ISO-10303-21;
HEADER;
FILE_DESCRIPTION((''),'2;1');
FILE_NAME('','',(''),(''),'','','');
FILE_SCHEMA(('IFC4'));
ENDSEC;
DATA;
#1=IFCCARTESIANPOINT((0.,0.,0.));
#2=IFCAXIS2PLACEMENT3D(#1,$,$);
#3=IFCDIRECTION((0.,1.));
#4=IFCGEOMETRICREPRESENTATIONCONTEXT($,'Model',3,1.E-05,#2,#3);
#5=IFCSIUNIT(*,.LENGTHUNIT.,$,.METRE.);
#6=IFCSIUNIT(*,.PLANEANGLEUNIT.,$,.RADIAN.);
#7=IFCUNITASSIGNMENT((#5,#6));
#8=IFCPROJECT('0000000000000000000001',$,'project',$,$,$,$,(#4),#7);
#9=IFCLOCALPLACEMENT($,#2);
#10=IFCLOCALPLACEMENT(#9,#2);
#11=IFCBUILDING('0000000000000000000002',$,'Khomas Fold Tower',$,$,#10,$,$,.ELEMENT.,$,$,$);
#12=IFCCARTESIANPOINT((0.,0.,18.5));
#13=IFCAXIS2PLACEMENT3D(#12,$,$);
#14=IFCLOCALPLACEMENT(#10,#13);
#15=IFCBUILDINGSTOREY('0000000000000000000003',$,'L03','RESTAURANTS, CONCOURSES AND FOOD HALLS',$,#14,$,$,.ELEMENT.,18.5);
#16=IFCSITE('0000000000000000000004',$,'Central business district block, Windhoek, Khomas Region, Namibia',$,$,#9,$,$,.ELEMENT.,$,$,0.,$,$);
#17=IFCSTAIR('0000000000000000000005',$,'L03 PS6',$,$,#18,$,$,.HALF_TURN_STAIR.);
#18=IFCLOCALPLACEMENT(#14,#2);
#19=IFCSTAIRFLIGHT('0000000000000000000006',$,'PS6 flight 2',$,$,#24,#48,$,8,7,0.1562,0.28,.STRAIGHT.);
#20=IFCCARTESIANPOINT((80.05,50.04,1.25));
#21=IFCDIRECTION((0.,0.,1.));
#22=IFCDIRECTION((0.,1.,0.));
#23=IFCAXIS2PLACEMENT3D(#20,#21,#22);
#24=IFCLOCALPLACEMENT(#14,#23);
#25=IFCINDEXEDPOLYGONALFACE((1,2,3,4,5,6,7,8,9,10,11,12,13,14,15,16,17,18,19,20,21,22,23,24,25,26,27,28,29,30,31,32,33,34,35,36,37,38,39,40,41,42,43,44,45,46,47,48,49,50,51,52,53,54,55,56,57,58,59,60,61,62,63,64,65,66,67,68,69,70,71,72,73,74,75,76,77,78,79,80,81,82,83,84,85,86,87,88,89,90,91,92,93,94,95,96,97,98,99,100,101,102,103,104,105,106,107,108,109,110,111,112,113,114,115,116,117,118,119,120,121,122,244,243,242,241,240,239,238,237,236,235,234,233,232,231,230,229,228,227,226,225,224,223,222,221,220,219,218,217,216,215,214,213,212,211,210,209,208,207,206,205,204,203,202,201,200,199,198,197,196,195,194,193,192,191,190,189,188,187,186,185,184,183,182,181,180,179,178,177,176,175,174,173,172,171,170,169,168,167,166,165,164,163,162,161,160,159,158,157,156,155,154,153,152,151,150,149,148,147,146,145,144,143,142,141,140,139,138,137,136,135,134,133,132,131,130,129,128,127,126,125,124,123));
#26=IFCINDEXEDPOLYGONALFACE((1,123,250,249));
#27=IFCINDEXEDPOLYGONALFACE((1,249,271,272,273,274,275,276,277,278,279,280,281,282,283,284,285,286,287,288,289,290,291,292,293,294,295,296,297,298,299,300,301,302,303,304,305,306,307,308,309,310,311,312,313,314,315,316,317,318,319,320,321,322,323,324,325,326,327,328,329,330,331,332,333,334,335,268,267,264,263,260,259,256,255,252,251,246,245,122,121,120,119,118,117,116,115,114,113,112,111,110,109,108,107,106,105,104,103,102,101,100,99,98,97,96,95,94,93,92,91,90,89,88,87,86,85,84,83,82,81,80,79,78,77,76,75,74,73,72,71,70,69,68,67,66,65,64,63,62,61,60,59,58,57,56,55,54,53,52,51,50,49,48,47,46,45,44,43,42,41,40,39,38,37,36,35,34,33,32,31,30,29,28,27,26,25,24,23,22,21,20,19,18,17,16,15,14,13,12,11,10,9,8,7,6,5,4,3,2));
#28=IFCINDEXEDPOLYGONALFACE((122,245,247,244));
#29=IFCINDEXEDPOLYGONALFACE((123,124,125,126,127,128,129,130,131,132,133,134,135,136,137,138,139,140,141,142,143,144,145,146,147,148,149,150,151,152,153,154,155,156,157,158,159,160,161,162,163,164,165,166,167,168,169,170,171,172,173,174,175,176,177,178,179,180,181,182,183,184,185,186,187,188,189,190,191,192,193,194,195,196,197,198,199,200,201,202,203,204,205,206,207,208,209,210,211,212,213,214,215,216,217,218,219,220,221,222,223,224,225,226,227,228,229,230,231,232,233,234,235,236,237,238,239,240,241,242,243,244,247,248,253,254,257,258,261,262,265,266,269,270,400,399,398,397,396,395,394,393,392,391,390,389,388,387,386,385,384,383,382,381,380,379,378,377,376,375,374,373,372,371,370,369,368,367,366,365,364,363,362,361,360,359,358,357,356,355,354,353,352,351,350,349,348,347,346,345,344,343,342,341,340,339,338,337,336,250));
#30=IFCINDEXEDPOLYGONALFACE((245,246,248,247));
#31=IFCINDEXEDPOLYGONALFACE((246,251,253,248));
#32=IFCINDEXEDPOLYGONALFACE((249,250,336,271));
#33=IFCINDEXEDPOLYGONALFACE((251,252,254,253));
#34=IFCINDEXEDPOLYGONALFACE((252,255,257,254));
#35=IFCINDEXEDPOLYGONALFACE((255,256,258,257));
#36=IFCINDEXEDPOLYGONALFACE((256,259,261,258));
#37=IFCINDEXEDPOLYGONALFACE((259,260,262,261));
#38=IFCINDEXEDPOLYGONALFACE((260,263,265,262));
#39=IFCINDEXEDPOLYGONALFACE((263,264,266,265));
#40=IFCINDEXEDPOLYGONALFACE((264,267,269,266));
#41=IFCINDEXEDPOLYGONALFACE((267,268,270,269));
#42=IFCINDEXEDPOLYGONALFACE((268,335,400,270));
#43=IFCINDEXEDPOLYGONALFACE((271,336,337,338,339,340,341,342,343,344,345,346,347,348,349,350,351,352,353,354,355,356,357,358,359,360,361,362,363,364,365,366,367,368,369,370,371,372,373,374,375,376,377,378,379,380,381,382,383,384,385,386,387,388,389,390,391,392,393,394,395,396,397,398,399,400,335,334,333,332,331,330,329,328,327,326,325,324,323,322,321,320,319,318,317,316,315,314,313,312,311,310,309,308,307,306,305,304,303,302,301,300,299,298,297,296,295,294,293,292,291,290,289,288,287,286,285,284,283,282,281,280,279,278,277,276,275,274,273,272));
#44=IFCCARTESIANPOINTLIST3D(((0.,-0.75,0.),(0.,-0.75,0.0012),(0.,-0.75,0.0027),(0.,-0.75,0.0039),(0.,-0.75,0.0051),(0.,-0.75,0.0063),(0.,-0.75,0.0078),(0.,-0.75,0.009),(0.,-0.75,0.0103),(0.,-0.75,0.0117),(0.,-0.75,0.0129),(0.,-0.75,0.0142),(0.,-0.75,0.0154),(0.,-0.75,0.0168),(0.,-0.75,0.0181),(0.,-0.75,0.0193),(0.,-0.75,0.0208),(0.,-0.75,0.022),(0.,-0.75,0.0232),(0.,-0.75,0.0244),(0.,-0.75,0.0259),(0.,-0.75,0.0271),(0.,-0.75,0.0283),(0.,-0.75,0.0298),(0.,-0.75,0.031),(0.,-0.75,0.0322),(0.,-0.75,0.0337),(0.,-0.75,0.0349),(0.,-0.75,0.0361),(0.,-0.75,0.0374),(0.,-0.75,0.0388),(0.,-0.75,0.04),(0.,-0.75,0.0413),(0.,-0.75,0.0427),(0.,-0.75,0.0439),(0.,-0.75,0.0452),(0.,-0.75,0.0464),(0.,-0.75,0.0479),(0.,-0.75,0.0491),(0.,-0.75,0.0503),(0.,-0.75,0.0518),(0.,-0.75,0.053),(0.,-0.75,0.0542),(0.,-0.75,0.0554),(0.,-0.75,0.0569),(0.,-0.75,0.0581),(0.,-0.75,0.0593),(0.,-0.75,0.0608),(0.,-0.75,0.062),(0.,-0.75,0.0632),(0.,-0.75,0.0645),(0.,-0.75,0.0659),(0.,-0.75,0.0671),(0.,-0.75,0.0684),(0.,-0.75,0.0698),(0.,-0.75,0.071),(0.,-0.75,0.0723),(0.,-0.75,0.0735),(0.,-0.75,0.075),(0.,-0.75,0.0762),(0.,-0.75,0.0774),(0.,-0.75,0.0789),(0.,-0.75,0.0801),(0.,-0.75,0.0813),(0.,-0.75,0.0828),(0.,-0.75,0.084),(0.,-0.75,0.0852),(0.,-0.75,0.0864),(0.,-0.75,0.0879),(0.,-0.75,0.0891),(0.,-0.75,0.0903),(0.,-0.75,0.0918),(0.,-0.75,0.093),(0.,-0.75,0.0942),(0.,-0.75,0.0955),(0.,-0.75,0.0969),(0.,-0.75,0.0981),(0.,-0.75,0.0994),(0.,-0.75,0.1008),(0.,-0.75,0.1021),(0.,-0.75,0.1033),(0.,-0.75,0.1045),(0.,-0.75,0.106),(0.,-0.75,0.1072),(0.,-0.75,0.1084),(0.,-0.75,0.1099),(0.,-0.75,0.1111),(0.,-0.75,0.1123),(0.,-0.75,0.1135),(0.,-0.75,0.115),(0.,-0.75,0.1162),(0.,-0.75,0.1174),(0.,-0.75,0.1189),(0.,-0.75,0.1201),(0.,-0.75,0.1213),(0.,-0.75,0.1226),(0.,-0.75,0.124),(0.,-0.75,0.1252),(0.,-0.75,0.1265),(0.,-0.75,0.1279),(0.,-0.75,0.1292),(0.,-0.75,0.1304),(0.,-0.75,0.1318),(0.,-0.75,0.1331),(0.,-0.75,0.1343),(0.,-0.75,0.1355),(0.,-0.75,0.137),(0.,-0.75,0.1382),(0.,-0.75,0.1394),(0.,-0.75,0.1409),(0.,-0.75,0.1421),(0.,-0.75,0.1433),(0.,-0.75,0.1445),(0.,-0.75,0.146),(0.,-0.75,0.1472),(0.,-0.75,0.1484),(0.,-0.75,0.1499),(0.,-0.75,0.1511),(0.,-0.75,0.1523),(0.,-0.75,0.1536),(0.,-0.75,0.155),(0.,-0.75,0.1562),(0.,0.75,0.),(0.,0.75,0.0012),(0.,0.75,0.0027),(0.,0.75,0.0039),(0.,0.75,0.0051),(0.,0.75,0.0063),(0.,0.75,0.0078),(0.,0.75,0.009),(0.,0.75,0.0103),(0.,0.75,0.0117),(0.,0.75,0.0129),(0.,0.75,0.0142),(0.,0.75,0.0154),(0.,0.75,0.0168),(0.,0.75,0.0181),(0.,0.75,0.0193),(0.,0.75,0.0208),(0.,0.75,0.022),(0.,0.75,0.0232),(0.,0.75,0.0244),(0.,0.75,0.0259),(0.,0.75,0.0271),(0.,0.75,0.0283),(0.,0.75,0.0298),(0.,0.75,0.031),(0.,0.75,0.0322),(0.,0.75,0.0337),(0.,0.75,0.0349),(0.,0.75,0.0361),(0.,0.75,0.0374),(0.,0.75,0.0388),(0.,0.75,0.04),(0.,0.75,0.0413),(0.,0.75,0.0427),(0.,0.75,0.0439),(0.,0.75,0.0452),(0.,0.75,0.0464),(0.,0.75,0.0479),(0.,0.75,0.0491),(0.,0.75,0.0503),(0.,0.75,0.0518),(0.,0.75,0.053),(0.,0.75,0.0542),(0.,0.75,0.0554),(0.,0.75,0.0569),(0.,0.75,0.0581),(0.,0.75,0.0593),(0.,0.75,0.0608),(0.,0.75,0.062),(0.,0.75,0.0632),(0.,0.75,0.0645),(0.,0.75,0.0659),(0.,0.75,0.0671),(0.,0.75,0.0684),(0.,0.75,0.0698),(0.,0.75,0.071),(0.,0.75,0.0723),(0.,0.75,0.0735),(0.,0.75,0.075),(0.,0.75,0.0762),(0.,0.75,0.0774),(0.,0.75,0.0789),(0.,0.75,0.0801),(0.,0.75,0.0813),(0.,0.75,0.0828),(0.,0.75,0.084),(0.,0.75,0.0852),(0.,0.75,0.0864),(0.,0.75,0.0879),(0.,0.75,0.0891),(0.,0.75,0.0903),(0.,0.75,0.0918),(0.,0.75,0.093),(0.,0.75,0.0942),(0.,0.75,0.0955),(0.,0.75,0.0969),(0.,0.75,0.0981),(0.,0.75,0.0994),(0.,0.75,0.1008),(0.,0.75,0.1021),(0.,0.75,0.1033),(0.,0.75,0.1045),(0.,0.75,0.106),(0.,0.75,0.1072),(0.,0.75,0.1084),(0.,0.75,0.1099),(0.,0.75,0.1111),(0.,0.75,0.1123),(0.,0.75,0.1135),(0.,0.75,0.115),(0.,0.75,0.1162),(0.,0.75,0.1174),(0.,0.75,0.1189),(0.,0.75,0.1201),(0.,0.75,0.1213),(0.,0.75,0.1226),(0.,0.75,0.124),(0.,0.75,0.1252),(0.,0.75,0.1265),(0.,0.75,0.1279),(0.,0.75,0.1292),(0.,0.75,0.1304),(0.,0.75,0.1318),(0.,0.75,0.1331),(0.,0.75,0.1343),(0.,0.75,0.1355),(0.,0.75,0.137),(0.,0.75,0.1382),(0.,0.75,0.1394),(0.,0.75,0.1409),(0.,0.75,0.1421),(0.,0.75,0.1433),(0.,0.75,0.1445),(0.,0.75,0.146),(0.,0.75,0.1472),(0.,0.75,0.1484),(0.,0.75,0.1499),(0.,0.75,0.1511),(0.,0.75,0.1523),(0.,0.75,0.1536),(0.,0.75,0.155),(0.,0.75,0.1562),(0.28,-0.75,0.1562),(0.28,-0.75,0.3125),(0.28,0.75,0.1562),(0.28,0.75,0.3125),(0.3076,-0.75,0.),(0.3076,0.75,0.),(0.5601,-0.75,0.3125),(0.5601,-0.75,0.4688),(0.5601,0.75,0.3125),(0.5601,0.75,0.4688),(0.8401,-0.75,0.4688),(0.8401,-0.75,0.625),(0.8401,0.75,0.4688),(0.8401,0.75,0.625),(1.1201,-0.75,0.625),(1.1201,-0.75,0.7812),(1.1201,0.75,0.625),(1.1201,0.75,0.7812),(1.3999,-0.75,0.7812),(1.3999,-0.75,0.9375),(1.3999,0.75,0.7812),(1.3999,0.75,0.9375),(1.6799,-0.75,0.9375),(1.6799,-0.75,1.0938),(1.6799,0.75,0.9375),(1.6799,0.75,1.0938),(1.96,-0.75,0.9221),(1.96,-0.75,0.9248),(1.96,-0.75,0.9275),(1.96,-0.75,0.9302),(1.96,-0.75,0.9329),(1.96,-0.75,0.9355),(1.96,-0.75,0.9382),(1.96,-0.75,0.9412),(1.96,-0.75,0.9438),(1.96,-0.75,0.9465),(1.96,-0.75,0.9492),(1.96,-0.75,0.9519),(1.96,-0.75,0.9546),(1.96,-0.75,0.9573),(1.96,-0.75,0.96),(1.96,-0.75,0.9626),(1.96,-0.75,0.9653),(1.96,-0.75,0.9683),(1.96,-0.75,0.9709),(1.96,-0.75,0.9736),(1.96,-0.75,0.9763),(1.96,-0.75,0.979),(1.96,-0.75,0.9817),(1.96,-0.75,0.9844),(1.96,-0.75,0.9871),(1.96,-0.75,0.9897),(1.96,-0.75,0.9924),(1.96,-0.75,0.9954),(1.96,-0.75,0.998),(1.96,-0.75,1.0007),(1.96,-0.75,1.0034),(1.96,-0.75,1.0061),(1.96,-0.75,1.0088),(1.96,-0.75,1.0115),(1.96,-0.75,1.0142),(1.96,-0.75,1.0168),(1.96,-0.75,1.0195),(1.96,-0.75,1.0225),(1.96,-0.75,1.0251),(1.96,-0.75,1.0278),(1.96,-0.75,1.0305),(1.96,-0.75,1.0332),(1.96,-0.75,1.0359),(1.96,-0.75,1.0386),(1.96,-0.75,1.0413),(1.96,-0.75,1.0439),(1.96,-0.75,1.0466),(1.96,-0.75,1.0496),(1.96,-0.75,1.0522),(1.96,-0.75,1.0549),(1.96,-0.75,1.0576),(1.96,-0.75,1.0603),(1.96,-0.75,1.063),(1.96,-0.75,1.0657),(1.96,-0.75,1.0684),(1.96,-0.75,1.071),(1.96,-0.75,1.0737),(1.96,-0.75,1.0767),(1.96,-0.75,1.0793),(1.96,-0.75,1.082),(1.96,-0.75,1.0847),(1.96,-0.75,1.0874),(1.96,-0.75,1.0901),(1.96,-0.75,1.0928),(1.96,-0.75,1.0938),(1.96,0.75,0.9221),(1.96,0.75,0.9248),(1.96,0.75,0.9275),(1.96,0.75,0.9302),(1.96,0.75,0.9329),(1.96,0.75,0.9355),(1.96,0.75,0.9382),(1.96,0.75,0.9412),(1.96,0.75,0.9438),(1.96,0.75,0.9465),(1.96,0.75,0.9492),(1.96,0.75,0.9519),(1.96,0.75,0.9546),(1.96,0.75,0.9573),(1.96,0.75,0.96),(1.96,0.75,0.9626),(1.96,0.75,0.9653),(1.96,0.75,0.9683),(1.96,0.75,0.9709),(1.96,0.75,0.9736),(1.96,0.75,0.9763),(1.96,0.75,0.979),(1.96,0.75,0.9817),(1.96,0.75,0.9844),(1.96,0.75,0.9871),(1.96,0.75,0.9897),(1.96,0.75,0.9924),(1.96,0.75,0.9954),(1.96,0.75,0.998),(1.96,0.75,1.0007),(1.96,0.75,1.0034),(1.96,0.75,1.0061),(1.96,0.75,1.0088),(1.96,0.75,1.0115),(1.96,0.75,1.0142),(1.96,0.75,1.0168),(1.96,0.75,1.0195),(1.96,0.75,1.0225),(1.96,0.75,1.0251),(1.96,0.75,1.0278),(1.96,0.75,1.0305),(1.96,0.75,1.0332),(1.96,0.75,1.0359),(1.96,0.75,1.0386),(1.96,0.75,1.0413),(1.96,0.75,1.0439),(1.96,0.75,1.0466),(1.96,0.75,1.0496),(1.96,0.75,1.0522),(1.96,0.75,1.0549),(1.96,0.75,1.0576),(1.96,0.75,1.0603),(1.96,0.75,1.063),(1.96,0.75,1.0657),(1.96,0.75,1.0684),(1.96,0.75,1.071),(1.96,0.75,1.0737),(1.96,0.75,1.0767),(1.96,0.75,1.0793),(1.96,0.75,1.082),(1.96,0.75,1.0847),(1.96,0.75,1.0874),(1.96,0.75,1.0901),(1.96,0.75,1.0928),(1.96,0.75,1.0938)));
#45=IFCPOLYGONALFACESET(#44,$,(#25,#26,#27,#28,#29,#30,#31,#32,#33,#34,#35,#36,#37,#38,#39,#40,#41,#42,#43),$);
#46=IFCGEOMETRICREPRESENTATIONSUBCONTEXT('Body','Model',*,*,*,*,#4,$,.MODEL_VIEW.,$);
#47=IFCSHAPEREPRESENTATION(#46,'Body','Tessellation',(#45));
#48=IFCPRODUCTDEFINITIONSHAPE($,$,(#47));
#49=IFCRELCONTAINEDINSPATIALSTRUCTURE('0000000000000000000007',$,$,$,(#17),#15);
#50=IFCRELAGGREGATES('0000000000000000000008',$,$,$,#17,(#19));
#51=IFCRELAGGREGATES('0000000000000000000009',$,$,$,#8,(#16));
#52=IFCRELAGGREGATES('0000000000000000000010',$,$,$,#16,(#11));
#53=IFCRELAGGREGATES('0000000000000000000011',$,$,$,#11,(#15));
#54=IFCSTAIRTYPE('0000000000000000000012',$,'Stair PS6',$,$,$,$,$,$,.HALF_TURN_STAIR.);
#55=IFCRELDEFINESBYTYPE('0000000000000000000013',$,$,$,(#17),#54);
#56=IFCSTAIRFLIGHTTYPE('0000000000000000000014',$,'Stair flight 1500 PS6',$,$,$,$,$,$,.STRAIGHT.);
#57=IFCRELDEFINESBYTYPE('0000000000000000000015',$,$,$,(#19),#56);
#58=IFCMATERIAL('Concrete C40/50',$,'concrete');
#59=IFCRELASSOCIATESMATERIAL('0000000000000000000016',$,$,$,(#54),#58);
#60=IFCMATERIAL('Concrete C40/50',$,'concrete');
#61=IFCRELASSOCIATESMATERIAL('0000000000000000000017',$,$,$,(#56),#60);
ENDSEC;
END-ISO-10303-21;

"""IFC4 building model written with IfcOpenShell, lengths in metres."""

from ifc_helpers import new_model, si_unit, direction, frame, origin, place, context, subcontext, project, spatial, polyline, outline, extrude, source, transform, mapped, material, type_object, element, aggregate, save


model = new_model("IFC4")

# Units and contexts
model_context = context("Model", 3, precision=1e-05, world=origin(), true_north=direction((0.0, 1.0)))
body_context = subcontext(model_context, "Body", "Model", "MODEL_VIEW")
ifc_project = project(units=[si_unit("LENGTHUNIT", "METRE"), si_unit("PLANEANGLEUNIT", "RADIAN")], contexts=[model_context])

# Site, building, storey
site_placement = place(None, origin())
site = spatial("IfcSite", under=ifc_project, at=site_placement, Name="Central business district block, Windhoek, Khomas Region, Namibia", CompositionType="ELEMENT", RefElevation=0.0)
building_placement = place(site_placement, origin())
building = spatial("IfcBuilding", under=site, at=building_placement, Name="Khomas Fold Tower", CompositionType="ELEMENT")
storey_placement = place(building_placement, frame((0.0, 0.0, 18.5)))
storey = spatial("IfcBuildingStorey", under=building, at=storey_placement, Name="L03", Description="RESTAURANTS, CONCOURSES AND FOOD HALLS", CompositionType="ELEMENT", Elevation=18.5)

# Stair, stair flight
shared_shape_1 = source(origin(), body_context, "Body", "SweptSolid", [
    extrude(outline(polyline([(0.0, 0.0), (0.0, 0.0012), (0.0, 0.0027), (0.0, 0.0039), (0.0, 0.0051), (0.0, 0.0063), (0.0, 0.0078), (0.0, 0.009), (0.0, 0.0103), (0.0, 0.0117), (0.0, 0.0129), (0.0, 0.0142), (0.0, 0.0154), (0.0, 0.0168), (0.0, 0.0181), (0.0, 0.0193), (0.0, 0.0208), (0.0, 0.022), (0.0, 0.0232), (0.0, 0.0244), (0.0, 0.0259), (0.0, 0.0271), (0.0, 0.0283), (0.0, 0.0298), (0.0, 0.031), (0.0, 0.0322), (0.0, 0.0337), (0.0, 0.0349), (0.0, 0.0361), (0.0, 0.0374), (0.0, 0.0388), (0.0, 0.04), (0.0, 0.0413), (0.0, 0.0427), (0.0, 0.0439), (0.0, 0.0452), (0.0, 0.0464), (0.0, 0.0479), (0.0, 0.0491), (0.0, 0.0503), (0.0, 0.0518), (0.0, 0.053), (0.0, 0.0542), (0.0, 0.0554), (0.0, 0.0569), (0.0, 0.0581), (0.0, 0.0593), (0.0, 0.0608), (0.0, 0.062), (0.0, 0.0632), (0.0, 0.0645), (0.0, 0.0659), (0.0, 0.0671), (0.0, 0.0684), (0.0, 0.0698), (0.0, 0.071), (0.0, 0.0723), (0.0, 0.0735), (0.0, 0.075), (0.0, 0.0762), (0.0, 0.0774), (0.0, 0.0789), (0.0, 0.0801), (0.0, 0.0813), (0.0, 0.0828), (0.0, 0.084), (0.0, 0.0852), (0.0, 0.0864), (0.0, 0.0879), (0.0, 0.0891), (0.0, 0.0903), (0.0, 0.0918), (0.0, 0.093), (0.0, 0.0942), (0.0, 0.0955), (0.0, 0.0969), (0.0, 0.0981), (0.0, 0.0994), (0.0, 0.1008), (0.0, 0.1021), (0.0, 0.1033), (0.0, 0.1045), (0.0, 0.106), (0.0, 0.1072), (0.0, 0.1084), (0.0, 0.1099), (0.0, 0.1111), (0.0, 0.1123), (0.0, 0.1135), (0.0, 0.115), (0.0, 0.1162), (0.0, 0.1174), (0.0, 0.1189), (0.0, 0.1201), (0.0, 0.1213), (0.0, 0.1226), (0.0, 0.124), (0.0, 0.1252), (0.0, 0.1265), (0.0, 0.1279), (0.0, 0.1292), (0.0, 0.1304), (0.0, 0.1318), (0.0, 0.1331), (0.0, 0.1343), (0.0, 0.1355), (0.0, 0.137), (0.0, 0.1382), (0.0, 0.1394), (0.0, 0.1409), (0.0, 0.1421), (0.0, 0.1433), (0.0, 0.1445), (0.0, 0.146), (0.0, 0.1472), (0.0, 0.1484), (0.0, 0.1499), (0.0, 0.1511), (0.0, 0.1523), (0.0, 0.1536), (0.0, 0.155), (0.0, 0.1562), (0.28, 0.1562), (0.28, 0.3125), (0.5601, 0.3125), (0.5601, 0.4688), (0.8401, 0.4688), (0.8401, 0.625), (1.1201, 0.625), (1.1201, 0.7812), (1.3999, 0.7812), (1.3999, 0.9375), (1.6799, 0.9375), (1.6799, 1.0938), (1.96, 1.0938), (1.96, 1.25), (1.96, 1.2473), (1.96, 1.2446), (1.96, 1.2419), (1.96, 1.2393), (1.96, 1.2363), (1.96, 1.2336), (1.96, 1.231), (1.96, 1.2283), (1.96, 1.2256), (1.96, 1.2229), (1.96, 1.2202), (1.96, 1.2175), (1.96, 1.2148), (1.96, 1.2122), (1.96, 1.2092), (1.96, 1.2065), (1.96, 1.2039), (1.96, 1.2012), (1.96, 1.1985), (1.96, 1.1958), (1.96, 1.1931), (1.96, 1.1904), (1.96, 1.1877), (1.96, 1.1851), (1.96, 1.1821), (1.96, 1.1794), (1.96, 1.1768), (1.96, 1.1741), (1.96, 1.1714), (1.96, 1.1687), (1.96, 1.166), (1.96, 1.1633), (1.96, 1.1606), (1.96, 1.158), (1.96, 1.155), (1.96, 1.1523), (1.96, 1.1497), (1.96, 1.147), (1.96, 1.1443), (1.96, 1.1416), (1.96, 1.1389), (1.96, 1.1362), (1.96, 1.1335), (1.96, 1.1309), (1.96, 1.1279), (1.96, 1.1252), (1.96, 1.1226), (1.96, 1.1199), (1.96, 1.1172), (1.96, 1.1145), (1.96, 1.1118), (1.96, 1.1091), (1.96, 1.1064), (1.96, 1.1038), (1.96, 1.1008), (1.96, 1.0981), (1.96, 1.0955), (1.96, 1.0928), (1.96, 1.0901), (1.96, 1.0874), (1.96, 1.0847), (1.96, 1.082), (1.96, 1.0793), (1.96, 1.0767), (1.96, 1.0737), (1.96, 1.071), (1.96, 1.0684), (1.96, 1.0657), (1.96, 1.063), (1.96, 1.0603), (1.96, 1.0576), (1.96, 1.0549), (1.96, 1.0522), (1.96, 1.0496), (1.96, 1.0466), (1.96, 1.0439), (1.96, 1.0413), (1.96, 1.0386), (1.96, 1.0359), (1.96, 1.0332), (1.96, 1.0305), (1.96, 1.0278), (1.96, 1.0251), (1.96, 1.0225), (1.96, 1.0195), (1.96, 1.0168), (1.96, 1.0142), (1.96, 1.0115), (1.96, 1.0088), (1.96, 1.0061), (1.96, 1.0034), (1.96, 1.0007), (1.96, 0.998), (1.96, 0.9954), (1.96, 0.9924), (1.96, 0.9897), (1.96, 0.9871), (1.96, 0.9844), (1.96, 0.9817), (1.96, 0.979), (1.96, 0.9763), (1.96, 0.9736), (1.96, 0.9709), (1.96, 0.9683), (1.96, 0.9653), (1.96, 0.9626), (1.96, 0.96), (1.96, 0.9573), (1.96, 0.9546), (1.96, 0.9519), (1.96, 0.9492), (1.96, 0.9465), (1.96, 0.9438), (1.96, 0.9412), (1.96, 0.9382), (1.96, 0.9355), (1.96, 0.9329), (1.96, 0.9302), (1.96, 0.9275), (1.96, 0.9248), (1.96, 0.9221), (0.3076, 0.0), (0.0, 0.0)])), frame((0.0, 0.75, 0.0), z_axis=(0.0, -1.0, 0.0), x_axis=(1.0, 0.0, 0.0)), (0.0, 0.0, 1.0), 1.5),
])
ifc_material_1 = material(Name="Concrete C40/50", Category="concrete")
stair_type_1 = type_object("IfcStairType", Name="Stair PS6", PredefinedType="HALF_TURN_STAIR", material=ifc_material_1)
stair_1_placement = place(storey_placement, origin())
stair_1 = element("IfcStair", 1, at=stair_1_placement, inside=storey, type_object=stair_type_1, Name="L03 PS6", PredefinedType="HALF_TURN_STAIR")
ifc_material_2 = material(Name="Concrete C40/50", Category="concrete")
stair_flight_type_1 = type_object("IfcStairFlightType", Name="Stair flight 1500 PS6", PredefinedType="STRAIGHT", material=ifc_material_2)
stair_flight_1_placement = place(storey_placement, frame((80.05, 50.04, 1.25), z_axis=(0.0, 0.0, 1.0), x_axis=(0.0, 1.0, 0.0)))
stair_flight_1 = element("IfcStairFlight", 2, at=stair_flight_1_placement, type_object=stair_flight_type_1, Name="PS6 flight 2", NumberOfRisers=8, NumberOfTreads=7, PredefinedType="STRAIGHT", RiserHeight=0.1562, TreadLength=0.28, context=body_context, shape_type="MappedRepresentation", body=[
    mapped(shared_shape_1, transform((0.0, 0.0, 0.0))),
])
aggregate(stair_1, [stair_flight_1])

save(model, "model.ifc")
